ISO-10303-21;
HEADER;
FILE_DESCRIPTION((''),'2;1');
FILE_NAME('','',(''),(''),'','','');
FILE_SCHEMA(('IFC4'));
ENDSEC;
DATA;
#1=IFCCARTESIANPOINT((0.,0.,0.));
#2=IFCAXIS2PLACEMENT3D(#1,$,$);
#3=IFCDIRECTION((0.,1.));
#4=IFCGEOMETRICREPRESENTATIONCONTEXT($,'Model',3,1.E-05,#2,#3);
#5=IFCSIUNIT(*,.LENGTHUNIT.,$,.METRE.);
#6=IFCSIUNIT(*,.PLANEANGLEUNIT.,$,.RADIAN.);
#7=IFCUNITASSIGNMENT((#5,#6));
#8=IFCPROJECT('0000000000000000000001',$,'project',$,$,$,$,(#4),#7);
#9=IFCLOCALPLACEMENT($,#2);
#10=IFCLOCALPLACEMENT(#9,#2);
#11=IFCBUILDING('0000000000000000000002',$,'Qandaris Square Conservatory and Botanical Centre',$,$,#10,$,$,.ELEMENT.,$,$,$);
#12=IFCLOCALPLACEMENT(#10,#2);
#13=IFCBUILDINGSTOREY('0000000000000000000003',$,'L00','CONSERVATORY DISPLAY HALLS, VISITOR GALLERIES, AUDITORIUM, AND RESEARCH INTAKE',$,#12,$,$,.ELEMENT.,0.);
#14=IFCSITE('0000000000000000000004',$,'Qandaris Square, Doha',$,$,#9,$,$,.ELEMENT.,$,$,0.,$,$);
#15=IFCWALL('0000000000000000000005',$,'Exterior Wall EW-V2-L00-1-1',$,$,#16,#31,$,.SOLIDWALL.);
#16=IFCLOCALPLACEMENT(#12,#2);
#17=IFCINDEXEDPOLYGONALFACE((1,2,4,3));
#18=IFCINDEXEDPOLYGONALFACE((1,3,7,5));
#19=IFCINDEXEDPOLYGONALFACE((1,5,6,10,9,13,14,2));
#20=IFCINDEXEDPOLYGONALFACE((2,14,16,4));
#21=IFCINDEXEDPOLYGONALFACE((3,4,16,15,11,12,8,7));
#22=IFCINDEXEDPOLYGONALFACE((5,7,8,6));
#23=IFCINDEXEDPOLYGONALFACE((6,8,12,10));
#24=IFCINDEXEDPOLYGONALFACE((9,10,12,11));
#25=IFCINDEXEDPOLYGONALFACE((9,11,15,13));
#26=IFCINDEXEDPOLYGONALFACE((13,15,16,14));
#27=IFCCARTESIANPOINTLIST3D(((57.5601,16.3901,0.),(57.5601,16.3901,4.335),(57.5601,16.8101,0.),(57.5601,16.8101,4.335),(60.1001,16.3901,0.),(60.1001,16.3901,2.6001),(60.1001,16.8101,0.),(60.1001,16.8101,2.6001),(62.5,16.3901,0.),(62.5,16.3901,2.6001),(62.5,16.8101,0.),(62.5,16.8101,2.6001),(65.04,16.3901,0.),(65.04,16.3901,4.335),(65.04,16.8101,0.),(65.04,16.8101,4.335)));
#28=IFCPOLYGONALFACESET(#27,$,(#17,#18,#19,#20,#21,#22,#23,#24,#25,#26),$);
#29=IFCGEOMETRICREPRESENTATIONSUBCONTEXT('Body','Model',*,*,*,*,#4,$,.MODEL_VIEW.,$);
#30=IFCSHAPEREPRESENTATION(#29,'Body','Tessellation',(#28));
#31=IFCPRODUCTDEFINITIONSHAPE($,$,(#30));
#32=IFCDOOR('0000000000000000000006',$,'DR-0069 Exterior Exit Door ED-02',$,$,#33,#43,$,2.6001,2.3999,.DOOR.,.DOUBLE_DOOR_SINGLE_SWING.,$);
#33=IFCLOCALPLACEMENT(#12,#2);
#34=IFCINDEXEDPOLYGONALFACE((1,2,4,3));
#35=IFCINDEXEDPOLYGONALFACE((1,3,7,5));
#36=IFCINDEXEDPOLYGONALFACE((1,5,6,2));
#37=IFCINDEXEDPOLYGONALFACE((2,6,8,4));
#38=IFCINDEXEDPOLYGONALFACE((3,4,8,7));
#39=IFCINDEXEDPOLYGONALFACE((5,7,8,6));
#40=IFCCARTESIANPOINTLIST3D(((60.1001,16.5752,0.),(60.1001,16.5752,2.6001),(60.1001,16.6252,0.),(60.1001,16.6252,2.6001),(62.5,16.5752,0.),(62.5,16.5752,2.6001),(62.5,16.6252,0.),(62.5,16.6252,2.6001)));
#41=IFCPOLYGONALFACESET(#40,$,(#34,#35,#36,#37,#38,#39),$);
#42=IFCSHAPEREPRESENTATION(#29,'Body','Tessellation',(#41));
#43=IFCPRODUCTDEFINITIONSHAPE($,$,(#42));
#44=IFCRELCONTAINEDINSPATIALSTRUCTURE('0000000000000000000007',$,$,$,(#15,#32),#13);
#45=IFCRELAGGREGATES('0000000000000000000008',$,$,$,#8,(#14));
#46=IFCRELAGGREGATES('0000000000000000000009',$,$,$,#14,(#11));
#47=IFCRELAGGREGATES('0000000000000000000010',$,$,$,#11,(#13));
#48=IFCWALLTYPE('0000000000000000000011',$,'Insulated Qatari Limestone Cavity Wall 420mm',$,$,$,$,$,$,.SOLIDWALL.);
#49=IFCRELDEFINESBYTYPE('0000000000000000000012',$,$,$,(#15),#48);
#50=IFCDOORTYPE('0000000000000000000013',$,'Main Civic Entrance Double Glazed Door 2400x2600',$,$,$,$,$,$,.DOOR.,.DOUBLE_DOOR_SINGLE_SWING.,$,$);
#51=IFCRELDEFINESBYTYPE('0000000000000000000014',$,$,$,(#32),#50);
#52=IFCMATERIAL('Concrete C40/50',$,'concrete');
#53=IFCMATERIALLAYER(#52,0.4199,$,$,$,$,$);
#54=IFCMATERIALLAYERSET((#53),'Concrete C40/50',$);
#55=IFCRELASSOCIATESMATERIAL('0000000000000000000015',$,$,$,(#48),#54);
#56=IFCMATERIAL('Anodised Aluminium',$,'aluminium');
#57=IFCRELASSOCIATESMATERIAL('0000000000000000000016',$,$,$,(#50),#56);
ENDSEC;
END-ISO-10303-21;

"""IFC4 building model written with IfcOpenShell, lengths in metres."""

from ifc_helpers import new_model, si_unit, direction, frame, frame_2d, origin, place, context, subcontext, project, spatial, rectangle, extrude, material, layer, layer_set, type_object, element, fill, save


model = new_model("IFC4")

# Units and contexts
model_context = context("Model", 3, precision=1e-05, world=origin(), true_north=direction((0.0, 1.0)))
body_context = subcontext(model_context, "Body", "Model", "MODEL_VIEW")
ifc_project = project(units=[si_unit("LENGTHUNIT", "METRE"), si_unit("PLANEANGLEUNIT", "RADIAN")], contexts=[model_context])

# Site, building, storey
site_placement = place(None, origin())
site = spatial("IfcSite", under=ifc_project, at=site_placement, Name="Qandaris Square, Doha", CompositionType="ELEMENT", RefElevation=0.0)
building_placement = place(site_placement, origin())
building = spatial("IfcBuilding", under=site, at=building_placement, Name="Qandaris Square Conservatory and Botanical Centre", CompositionType="ELEMENT")
storey_placement = place(building_placement, origin())
storey = spatial("IfcBuildingStorey", under=building, at=storey_placement, Name="L00", Description="CONSERVATORY DISPLAY HALLS, VISITOR GALLERIES, AUDITORIUM, AND RESEARCH INTAKE", CompositionType="ELEMENT", Elevation=0.0)

# Shared definitions
ifc_material_1 = material(Name="Concrete C40/50", Category="concrete")

# Wall, opening, door
ifc_layer_1 = layer(ifc_material_1, 0.4199)
ifc_layer_set_1 = layer_set([ifc_layer_1], Name="Concrete C40/50")
wall_type_1 = type_object("IfcWallType", Name="Insulated Qatari Limestone Cavity Wall 420mm", PredefinedType="SOLIDWALL", material=ifc_layer_set_1)
wall_1_placement = place(storey_placement, frame((57.5601, 16.6001, 0.0), z_axis=(0.0, 0.0, 1.0), x_axis=(1.0, 0.0, 0.0)))
wall_1 = element("IfcWall", 1, at=wall_1_placement, inside=storey, type_object=wall_type_1, Name="Exterior Wall EW-V2-L00-1-1", PredefinedType="SOLIDWALL", context=body_context, shape_type="SweptSolid", body=[
    extrude(rectangle(XDim=7.48, YDim=0.4199, at=frame_2d((3.74, 0.0))), origin(), (0.0, 0.0, 1.0), 4.335),
])
opening_placement = place(wall_1_placement, frame((2.54, 0.0, 0.0)))
opening = element("IfcOpeningElement", 2, at=opening_placement, cuts=wall_1, PredefinedType="OPENING", context=body_context, shape_type="SweptSolid", body=[
    extrude(rectangle(XDim=2.3999, YDim=2.6001, at=frame_2d((1.2, 1.3))), frame((0.0, 0.2219, 0.0), z_axis=(0.0, -1.0, 0.0), x_axis=(1.0, 0.0, 0.0)), (0.0, 0.0, 1.0), 0.4438),
])
ifc_material_2 = material(Name="Anodised Aluminium", Category="aluminium")
door_type = type_object("IfcDoorType", Name="Main Civic Entrance Double Glazed Door 2400x2600", OperationType="DOUBLE_DOOR_SINGLE_SWING", PredefinedType="DOOR", material=ifc_material_2)
door_placement = place(opening_placement, frame((2.3999, 0.0, 0.0), z_axis=(0.0, 0.0, 1.0), x_axis=(-1.0, 0.0, 0.0)))
door = element("IfcDoor", 3, at=door_placement, inside=storey, type_object=door_type, Name="DR-0069 Exterior Exit Door ED-02", OperationType="DOUBLE_DOOR_SINGLE_SWING", OverallHeight=2.6001, OverallWidth=2.3999, PredefinedType="DOOR", context=body_context, shape_type="SweptSolid", body=[
    extrude(rectangle(XDim=2.3999, YDim=2.6001, at=frame_2d((1.2, 1.3))), frame((0.0, 0.0249, 0.0), z_axis=(0.0, -1.0, 0.0), x_axis=(1.0, 0.0, 0.0)), (0.0, 0.0, 1.0), 0.05),
])
fill(opening, door)

save(model, "model.ifc")
